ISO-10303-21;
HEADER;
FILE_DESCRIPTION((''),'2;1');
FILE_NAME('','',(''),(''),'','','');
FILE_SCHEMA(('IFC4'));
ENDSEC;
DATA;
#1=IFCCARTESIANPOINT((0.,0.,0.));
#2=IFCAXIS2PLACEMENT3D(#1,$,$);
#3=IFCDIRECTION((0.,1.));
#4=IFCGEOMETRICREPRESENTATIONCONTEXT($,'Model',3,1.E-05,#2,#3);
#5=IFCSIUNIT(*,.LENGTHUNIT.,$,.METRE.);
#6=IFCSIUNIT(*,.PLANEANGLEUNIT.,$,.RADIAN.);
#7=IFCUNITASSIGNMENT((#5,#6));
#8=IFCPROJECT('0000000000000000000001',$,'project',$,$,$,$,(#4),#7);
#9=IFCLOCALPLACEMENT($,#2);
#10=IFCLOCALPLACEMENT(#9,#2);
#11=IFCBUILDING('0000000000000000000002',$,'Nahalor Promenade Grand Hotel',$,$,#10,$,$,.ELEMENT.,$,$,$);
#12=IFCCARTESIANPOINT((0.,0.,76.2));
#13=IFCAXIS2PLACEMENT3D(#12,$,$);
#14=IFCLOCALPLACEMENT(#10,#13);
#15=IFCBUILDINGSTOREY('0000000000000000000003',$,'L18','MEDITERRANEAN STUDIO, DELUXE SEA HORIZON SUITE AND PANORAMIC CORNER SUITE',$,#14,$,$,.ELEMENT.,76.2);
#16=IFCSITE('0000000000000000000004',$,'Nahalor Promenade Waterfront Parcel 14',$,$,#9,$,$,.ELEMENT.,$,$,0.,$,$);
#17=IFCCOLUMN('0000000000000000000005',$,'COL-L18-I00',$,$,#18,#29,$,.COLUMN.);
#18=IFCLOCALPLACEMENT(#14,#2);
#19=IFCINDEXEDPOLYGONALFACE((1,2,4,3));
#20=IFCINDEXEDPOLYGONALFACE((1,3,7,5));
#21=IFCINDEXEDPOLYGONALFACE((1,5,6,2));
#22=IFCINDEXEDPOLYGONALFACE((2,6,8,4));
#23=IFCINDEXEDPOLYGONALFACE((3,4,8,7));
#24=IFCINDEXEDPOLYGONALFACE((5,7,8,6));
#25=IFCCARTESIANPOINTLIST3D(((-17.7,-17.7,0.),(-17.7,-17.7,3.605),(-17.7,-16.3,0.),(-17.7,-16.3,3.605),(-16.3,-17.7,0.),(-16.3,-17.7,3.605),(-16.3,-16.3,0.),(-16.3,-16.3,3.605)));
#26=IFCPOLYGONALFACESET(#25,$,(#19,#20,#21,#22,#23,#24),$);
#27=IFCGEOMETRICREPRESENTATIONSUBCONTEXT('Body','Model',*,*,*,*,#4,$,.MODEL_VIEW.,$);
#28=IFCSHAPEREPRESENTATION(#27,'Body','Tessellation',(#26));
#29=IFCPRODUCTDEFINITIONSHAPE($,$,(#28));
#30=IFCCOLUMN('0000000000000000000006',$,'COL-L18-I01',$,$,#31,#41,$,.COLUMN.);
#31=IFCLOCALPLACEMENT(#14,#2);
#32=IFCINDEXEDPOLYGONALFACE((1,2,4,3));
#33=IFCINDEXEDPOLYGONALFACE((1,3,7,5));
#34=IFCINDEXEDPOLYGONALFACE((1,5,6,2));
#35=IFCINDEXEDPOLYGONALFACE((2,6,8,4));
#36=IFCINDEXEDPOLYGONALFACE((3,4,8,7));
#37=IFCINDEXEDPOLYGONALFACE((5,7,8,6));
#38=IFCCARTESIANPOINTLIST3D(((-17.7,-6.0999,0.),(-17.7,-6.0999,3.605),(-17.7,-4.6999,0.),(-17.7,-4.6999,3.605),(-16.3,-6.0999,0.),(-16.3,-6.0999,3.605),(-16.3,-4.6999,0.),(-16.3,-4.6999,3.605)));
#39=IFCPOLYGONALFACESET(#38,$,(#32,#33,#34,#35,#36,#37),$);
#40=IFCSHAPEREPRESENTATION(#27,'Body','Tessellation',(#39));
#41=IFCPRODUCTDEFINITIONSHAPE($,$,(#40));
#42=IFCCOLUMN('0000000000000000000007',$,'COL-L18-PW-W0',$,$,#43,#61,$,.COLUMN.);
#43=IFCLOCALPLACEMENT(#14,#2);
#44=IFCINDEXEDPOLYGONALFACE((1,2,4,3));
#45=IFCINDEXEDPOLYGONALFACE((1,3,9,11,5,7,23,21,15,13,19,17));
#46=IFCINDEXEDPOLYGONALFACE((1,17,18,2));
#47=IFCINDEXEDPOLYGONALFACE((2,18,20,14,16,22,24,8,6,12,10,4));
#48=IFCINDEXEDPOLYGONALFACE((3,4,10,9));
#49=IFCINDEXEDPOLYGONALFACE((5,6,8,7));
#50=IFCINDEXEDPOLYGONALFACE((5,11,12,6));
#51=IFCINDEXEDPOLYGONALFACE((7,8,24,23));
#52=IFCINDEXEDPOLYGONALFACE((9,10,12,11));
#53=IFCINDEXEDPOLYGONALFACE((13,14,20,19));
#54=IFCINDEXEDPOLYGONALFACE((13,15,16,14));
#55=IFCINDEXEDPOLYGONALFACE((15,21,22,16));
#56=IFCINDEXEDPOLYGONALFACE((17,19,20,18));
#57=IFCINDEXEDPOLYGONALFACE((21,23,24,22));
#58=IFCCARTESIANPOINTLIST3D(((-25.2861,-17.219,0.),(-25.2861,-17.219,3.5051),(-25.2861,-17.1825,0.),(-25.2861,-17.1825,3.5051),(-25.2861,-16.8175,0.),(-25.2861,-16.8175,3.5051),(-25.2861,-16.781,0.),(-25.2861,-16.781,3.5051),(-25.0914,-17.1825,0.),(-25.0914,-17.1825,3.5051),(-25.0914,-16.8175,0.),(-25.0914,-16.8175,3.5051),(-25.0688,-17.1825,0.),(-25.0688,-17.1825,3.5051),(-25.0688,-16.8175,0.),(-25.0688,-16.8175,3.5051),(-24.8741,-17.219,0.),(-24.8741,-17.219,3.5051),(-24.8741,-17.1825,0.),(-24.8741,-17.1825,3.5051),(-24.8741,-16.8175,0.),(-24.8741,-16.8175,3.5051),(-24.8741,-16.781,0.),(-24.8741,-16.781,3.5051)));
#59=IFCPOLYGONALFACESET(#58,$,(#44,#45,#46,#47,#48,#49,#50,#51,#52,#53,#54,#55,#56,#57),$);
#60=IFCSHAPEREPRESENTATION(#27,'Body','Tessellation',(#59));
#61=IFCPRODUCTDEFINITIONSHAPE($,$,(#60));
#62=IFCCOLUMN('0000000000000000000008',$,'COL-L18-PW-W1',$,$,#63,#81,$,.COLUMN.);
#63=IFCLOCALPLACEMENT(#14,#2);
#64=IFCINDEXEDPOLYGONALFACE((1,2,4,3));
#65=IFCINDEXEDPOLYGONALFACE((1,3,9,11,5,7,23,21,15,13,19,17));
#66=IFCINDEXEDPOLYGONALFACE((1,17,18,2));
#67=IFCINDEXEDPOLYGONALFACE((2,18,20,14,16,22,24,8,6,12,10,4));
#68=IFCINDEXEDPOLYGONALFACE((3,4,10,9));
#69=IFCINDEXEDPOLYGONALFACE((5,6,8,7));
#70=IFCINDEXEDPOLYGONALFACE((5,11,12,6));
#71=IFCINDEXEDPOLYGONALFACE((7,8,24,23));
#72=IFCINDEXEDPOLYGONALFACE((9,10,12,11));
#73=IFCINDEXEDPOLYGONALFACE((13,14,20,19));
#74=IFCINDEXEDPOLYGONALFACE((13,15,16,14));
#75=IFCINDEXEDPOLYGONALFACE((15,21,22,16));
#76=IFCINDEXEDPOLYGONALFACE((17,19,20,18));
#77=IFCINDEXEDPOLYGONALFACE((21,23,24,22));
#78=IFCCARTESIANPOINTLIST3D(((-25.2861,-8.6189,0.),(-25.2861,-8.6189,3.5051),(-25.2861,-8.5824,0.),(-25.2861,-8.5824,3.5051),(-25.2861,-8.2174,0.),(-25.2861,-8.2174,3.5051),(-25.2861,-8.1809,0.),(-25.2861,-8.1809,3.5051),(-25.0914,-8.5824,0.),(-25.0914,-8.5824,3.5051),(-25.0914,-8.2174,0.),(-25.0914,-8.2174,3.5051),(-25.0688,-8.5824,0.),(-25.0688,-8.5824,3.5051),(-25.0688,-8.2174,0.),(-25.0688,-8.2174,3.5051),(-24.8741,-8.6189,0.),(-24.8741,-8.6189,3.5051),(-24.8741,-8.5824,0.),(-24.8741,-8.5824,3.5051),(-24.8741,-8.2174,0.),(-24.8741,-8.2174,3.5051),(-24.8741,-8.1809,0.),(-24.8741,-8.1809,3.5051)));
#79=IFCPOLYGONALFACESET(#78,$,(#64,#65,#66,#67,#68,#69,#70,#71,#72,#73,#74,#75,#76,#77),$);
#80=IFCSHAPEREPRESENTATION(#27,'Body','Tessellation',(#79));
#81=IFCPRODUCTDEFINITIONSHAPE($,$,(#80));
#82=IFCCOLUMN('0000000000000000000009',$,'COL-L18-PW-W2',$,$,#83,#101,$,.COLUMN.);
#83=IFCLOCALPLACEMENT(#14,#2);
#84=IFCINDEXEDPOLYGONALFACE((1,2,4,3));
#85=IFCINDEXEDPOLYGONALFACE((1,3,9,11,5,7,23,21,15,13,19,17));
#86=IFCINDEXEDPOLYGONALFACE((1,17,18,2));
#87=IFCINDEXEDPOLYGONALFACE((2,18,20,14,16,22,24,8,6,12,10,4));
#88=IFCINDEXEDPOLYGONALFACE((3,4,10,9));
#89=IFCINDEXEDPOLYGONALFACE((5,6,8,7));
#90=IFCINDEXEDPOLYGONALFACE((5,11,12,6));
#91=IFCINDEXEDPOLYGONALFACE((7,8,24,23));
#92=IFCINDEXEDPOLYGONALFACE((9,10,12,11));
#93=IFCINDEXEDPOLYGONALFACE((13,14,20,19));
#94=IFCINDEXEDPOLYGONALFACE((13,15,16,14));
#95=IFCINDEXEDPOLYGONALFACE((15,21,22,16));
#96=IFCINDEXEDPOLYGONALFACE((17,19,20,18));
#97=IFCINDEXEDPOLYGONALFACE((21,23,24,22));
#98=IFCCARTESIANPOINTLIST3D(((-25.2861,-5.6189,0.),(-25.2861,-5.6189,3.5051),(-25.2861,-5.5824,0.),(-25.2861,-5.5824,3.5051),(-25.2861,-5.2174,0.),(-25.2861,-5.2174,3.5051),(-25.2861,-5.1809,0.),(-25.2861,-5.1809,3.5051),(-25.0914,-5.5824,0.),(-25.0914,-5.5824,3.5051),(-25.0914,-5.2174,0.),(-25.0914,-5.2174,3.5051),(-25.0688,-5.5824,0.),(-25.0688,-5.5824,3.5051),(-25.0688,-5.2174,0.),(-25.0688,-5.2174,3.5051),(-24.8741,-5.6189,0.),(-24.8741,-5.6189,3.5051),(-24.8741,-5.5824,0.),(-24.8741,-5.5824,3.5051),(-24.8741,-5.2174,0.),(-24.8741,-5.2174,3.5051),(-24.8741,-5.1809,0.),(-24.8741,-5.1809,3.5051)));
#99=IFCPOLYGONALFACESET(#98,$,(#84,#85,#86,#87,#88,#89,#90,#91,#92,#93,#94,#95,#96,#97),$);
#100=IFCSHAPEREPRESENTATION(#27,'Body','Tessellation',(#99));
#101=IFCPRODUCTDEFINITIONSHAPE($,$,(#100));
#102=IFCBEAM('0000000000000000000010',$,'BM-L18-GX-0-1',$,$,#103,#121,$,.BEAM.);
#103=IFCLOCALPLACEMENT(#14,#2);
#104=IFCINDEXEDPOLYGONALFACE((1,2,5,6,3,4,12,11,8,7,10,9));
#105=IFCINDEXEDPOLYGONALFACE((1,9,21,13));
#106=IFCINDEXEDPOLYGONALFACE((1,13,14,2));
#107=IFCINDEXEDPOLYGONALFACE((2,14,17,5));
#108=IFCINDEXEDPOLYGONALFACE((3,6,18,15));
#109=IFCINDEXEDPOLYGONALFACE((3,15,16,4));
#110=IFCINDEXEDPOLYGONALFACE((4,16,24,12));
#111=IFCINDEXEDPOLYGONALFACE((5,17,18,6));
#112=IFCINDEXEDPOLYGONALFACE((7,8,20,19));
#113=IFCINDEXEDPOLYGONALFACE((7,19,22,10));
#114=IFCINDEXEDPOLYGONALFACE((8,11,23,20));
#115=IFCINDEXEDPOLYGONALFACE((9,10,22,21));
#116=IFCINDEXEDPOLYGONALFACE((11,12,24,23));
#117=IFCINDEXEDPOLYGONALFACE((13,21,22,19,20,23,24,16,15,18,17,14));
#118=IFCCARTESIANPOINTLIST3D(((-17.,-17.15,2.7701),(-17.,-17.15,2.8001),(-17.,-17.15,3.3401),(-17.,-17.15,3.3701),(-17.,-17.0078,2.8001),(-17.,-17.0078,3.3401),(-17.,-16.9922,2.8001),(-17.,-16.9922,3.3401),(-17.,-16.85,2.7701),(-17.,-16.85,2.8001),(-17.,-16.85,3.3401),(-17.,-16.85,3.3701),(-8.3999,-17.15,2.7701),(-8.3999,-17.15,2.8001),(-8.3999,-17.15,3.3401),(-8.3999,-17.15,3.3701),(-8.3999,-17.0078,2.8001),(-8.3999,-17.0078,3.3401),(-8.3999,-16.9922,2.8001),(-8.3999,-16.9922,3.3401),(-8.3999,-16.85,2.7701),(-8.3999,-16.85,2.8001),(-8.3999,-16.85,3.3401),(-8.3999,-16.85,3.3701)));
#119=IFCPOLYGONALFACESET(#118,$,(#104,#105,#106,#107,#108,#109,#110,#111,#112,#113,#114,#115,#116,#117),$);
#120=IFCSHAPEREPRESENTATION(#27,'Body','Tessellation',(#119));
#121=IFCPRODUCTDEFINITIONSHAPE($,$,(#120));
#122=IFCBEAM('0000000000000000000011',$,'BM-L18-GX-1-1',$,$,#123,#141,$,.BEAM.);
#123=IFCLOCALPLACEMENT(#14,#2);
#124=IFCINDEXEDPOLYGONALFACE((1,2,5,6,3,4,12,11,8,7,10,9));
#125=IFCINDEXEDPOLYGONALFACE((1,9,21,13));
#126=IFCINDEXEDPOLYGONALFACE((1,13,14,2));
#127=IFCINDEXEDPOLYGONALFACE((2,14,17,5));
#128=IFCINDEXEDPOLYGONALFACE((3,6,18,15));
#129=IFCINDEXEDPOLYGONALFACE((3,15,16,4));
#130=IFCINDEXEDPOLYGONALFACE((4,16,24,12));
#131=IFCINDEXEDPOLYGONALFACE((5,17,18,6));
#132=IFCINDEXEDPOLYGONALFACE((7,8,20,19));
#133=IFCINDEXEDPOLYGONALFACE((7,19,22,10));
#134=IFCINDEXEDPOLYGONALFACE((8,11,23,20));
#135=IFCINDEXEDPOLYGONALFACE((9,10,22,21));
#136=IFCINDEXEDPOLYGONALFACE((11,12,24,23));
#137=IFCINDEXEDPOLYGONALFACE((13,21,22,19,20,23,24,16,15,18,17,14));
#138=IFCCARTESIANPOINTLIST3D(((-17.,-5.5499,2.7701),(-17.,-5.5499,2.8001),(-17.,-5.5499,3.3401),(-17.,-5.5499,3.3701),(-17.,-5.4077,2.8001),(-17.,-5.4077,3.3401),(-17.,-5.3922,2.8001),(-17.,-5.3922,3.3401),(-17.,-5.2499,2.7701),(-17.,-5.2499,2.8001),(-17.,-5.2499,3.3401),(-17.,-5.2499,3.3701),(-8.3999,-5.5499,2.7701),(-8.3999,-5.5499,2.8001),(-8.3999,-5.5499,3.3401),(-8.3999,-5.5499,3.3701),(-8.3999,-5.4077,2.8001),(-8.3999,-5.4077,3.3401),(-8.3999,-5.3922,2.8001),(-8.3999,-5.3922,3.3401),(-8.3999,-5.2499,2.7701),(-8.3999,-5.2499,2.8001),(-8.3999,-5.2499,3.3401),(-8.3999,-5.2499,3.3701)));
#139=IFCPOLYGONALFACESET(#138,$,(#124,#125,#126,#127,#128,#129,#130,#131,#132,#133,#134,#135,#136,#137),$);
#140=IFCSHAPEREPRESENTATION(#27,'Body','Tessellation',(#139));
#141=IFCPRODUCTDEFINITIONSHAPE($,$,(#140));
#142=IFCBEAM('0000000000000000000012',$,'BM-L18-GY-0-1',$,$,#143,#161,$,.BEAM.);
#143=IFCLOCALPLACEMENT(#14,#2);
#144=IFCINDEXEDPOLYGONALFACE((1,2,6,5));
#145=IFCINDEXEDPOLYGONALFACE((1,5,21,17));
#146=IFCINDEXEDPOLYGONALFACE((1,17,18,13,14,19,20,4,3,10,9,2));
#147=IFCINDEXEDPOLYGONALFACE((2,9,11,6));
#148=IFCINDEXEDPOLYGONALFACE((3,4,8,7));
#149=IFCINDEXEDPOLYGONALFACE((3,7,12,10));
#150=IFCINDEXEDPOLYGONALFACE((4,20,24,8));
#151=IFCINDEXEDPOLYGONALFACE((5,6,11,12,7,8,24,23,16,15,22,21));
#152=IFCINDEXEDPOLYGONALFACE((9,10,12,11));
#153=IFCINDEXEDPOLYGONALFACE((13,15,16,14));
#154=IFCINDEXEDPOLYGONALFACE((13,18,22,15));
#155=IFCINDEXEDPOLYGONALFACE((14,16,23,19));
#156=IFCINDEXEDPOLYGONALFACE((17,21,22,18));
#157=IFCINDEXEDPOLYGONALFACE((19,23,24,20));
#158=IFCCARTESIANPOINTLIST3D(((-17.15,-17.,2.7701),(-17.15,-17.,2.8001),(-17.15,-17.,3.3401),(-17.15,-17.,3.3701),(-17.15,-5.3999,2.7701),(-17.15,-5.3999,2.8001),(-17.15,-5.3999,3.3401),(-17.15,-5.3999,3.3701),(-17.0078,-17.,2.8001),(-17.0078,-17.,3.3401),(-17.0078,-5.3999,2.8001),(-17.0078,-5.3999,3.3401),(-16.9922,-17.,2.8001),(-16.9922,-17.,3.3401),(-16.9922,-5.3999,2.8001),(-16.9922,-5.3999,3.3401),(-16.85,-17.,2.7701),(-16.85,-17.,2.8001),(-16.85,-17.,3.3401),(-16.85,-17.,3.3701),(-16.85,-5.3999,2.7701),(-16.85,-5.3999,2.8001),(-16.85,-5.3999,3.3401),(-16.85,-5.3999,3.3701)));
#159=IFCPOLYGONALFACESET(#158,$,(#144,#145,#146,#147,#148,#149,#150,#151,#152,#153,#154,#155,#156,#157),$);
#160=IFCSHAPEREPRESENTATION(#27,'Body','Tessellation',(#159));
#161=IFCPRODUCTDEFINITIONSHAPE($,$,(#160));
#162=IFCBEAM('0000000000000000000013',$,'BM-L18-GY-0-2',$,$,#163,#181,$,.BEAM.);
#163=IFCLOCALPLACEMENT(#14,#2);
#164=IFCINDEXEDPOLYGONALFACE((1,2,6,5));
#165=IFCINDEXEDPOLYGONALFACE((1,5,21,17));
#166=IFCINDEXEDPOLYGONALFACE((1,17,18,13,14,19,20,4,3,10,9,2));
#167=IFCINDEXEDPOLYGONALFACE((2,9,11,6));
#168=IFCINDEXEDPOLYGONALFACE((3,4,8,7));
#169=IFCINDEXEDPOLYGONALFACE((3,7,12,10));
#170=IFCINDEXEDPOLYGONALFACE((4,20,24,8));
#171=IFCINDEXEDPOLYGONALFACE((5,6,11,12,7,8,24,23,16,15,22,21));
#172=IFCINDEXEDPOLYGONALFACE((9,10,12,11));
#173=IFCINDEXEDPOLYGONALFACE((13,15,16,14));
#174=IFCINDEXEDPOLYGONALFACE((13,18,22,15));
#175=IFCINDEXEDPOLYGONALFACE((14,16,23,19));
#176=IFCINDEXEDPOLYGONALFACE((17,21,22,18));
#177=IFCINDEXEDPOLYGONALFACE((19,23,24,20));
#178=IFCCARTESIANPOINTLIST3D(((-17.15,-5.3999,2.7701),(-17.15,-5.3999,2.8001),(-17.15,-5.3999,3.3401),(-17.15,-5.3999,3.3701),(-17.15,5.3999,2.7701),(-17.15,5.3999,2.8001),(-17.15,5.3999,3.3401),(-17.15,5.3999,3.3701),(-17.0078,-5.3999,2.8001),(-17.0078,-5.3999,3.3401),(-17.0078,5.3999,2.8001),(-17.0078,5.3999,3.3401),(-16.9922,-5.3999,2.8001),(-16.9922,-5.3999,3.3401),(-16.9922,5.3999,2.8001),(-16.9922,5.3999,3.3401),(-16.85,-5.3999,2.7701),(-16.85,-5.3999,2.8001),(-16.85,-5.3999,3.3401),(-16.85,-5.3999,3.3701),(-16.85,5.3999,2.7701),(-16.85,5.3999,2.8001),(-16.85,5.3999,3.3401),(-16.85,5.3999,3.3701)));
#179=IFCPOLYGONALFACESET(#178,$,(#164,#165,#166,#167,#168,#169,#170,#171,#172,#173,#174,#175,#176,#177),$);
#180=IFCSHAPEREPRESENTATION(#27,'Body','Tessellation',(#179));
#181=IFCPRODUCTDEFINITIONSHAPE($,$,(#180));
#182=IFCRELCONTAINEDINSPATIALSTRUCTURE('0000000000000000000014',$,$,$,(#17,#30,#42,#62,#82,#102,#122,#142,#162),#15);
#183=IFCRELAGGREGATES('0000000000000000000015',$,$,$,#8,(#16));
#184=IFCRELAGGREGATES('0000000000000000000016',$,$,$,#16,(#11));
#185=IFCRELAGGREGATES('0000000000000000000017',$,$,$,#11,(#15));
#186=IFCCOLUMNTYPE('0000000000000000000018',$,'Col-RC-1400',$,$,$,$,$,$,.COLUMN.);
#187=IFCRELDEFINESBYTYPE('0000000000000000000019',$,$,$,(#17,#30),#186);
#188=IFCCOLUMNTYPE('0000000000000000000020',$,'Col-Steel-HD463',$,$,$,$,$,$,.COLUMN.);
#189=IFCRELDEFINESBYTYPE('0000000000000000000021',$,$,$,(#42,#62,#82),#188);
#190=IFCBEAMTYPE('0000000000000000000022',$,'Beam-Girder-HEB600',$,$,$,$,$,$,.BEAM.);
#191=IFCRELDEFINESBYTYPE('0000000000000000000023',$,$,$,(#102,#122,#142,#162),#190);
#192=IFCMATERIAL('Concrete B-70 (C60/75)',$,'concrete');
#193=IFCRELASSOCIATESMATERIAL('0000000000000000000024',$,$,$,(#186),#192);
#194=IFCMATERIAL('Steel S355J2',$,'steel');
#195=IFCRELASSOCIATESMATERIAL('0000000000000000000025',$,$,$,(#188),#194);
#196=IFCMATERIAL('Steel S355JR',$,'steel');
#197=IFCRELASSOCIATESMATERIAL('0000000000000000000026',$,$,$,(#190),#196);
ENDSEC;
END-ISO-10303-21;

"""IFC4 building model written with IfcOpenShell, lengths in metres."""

from ifc_helpers import new_model, si_unit, direction, frame, origin, origin_2d, place, context, subcontext, project, spatial, rectangle, i_section, extrude, source, transform, mapped, material, material_profile, profile_set, type_object, element, save


model = new_model("IFC4")

# Units and contexts
model_context = context("Model", 3, precision=1e-05, world=origin(), true_north=direction((0.0, 1.0)))
body_context = subcontext(model_context, "Body", "Model", "MODEL_VIEW")
ifc_project = project(units=[si_unit("LENGTHUNIT", "METRE"), si_unit("PLANEANGLEUNIT", "RADIAN")], contexts=[model_context])

# Site, building, storey
site_placement = place(None, origin())
site = spatial("IfcSite", under=ifc_project, at=site_placement, Name="Nahalor Promenade Waterfront Parcel 14", CompositionType="ELEMENT", RefElevation=0.0)
building_placement = place(site_placement, origin())
building = spatial("IfcBuilding", under=site, at=building_placement, Name="Nahalor Promenade Grand Hotel", CompositionType="ELEMENT")
storey_placement = place(building_placement, frame((0.0, 0.0, 76.2)))
storey = spatial("IfcBuildingStorey", under=building, at=storey_placement, Name="L18", Description="MEDITERRANEAN STUDIO, DELUXE SEA HORIZON SUITE AND PANORAMIC CORNER SUITE", CompositionType="ELEMENT", Elevation=76.2)

# Columns
ifc_material_1 = material(Name="Concrete B-70 (C60/75)", Category="concrete")
ifc_material_profile_1 = material_profile(ifc_material_1, rectangle(XDim=1.4, YDim=1.4, at=origin_2d()), Name="RC 1400x1400")
ifc_profile_set_1 = profile_set([ifc_material_profile_1], Name="Concrete B-70 (C60/75)")
column_type_1 = type_object("IfcColumnType", Name="Col-RC-1400", PredefinedType="COLUMN", material=ifc_profile_set_1)
shared_shape_1 = source(origin(), body_context, "Body", "SweptSolid", [
    extrude(rectangle(XDim=1.4, YDim=1.4, at=origin_2d()), origin(), (0.0, 0.0, 1.0), 3.605),
])
for number, where, z_axis, x_axis, name in (
    (1, (-17.0, -17.0, 0.0), (0.0, 0.0, 1.0), (1.0, 0.0, 0.0), "COL-L18-I00"),
    (2, (-17.0, -5.3999, 0.0), (0.0, 0.0, 1.0), (1.0, 0.0, 0.0), "COL-L18-I01"),
):
    element("IfcColumn", number, at=place(storey_placement, frame(where, z_axis=z_axis, x_axis=x_axis)), inside=storey, type_object=column_type_1, Name=name, PredefinedType="COLUMN", context=body_context, shape_type="MappedRepresentation", body=[
        mapped(shared_shape_1, transform((0.0, 0.0, 0.0), scale=1.0)),
    ])
ifc_material_2 = material(Name="Steel S355J2", Category="steel")
ifc_material_profile_2 = material_profile(ifc_material_2, i_section(OverallWidth=0.412, OverallDepth=0.438, WebThickness=0.0226, FlangeThickness=0.0365, at=origin_2d()), Name="HD 400x463")
ifc_profile_set_2 = profile_set([ifc_material_profile_2], Name="Steel S355J2")
column_type_2 = type_object("IfcColumnType", Name="Col-Steel-HD463", PredefinedType="COLUMN", material=ifc_profile_set_2)
shared_shape_2 = source(origin(), body_context, "Body", "SweptSolid", [
    extrude(i_section(OverallWidth=0.412, OverallDepth=0.438, WebThickness=0.0226, FlangeThickness=0.0365, at=origin_2d()), origin(), (0.0, 0.0, 1.0), 3.5051),
])
for number, where, z_axis, x_axis, name in (
    (3, (-25.0801, -17.0, 0.0), (0.0, 0.0, 1.0), (1.0, 0.0, 0.0), "COL-L18-PW-W0"),
    (4, (-25.0801, -8.3999, 0.0), (0.0, 0.0, 1.0), (1.0, 0.0, 0.0), "COL-L18-PW-W1"),
    (5, (-25.0801, -5.3999, 0.0), (0.0, 0.0, 1.0), (1.0, 0.0, 0.0), "COL-L18-PW-W2"),
):
    element("IfcColumn", number, at=place(storey_placement, frame(where, z_axis=z_axis, x_axis=x_axis)), inside=storey, type_object=column_type_2, Name=name, PredefinedType="COLUMN", context=body_context, shape_type="MappedRepresentation", body=[
        mapped(shared_shape_2, transform((0.0, 0.0, 0.0), scale=1.0)),
    ])

# Beams
ifc_material_3 = material(Name="Steel S355JR", Category="steel")
ifc_material_profile_3 = material_profile(ifc_material_3, i_section(OverallWidth=0.3, OverallDepth=0.6, WebThickness=0.0155, FlangeThickness=0.03, at=origin_2d()), Name="HEB 600")
ifc_profile_set_3 = profile_set([ifc_material_profile_3], Name="Steel S355JR")
beam_type_1 = type_object("IfcBeamType", Name="Beam-Girder-HEB600", PredefinedType="BEAM", material=ifc_profile_set_3)
shared_shape_3 = source(origin(), body_context, "Body", "SweptSolid", [
    extrude(i_section(OverallWidth=0.3, OverallDepth=0.6, WebThickness=0.0155, FlangeThickness=0.03, at=origin_2d()), origin(), (0.0, 0.0, 1.0), 8.6001),
])
for number, where, z_axis, x_axis, name in (
    (6, (-17.0, -17.0, 3.0701), (1.0, 0.0, 0.0), (0.0, 1.0, 0.0), "BM-L18-GX-0-1"),
    (7, (-17.0, -5.3999, 3.0701), (1.0, 0.0, 0.0), (0.0, 1.0, 0.0), "BM-L18-GX-1-1"),
):
    element("IfcBeam", number, at=place(storey_placement, frame(where, z_axis=z_axis, x_axis=x_axis)), inside=storey, type_object=beam_type_1, Name=name, PredefinedType="BEAM", context=body_context, shape_type="MappedRepresentation", body=[
        mapped(shared_shape_3, transform((0.0, 0.0, 0.0), scale=1.0)),
    ])
shared_shape_4 = source(origin(), body_context, "Body", "SweptSolid", [
    extrude(i_section(OverallWidth=0.3, OverallDepth=0.6, WebThickness=0.0155, FlangeThickness=0.03, at=origin_2d()), origin(), (0.0, 0.0, 1.0), 11.6001),
])
beam_1_placement = place(storey_placement, frame((-17.0, -17.0, 3.0701), z_axis=(0.0, 1.0, 0.0), x_axis=(-1.0, 0.0, 0.0)))
element("IfcBeam", 8, at=beam_1_placement, inside=storey, type_object=beam_type_1, Name="BM-L18-GY-0-1", PredefinedType="BEAM", context=body_context, shape_type="MappedRepresentation", body=[
    mapped(shared_shape_4, transform((0.0, 0.0, 0.0), scale=1.0)),
])
shared_shape_5 = source(origin(), body_context, "Body", "SweptSolid", [
    extrude(i_section(OverallWidth=0.3, OverallDepth=0.6, WebThickness=0.0155, FlangeThickness=0.03, at=origin_2d()), origin(), (0.0, 0.0, 1.0), 10.7998),
])
beam_2_placement = place(storey_placement, frame((-17.0, -5.3999, 3.0701), z_axis=(0.0, 1.0, 0.0), x_axis=(-1.0, 0.0, 0.0)))
element("IfcBeam", 9, at=beam_2_placement, inside=storey, type_object=beam_type_1, Name="BM-L18-GY-0-2", PredefinedType="BEAM", context=body_context, shape_type="MappedRepresentation", body=[
    mapped(shared_shape_5, transform((0.0, 0.0, 0.0), scale=1.0)),
])

save(model, "model.ifc")
